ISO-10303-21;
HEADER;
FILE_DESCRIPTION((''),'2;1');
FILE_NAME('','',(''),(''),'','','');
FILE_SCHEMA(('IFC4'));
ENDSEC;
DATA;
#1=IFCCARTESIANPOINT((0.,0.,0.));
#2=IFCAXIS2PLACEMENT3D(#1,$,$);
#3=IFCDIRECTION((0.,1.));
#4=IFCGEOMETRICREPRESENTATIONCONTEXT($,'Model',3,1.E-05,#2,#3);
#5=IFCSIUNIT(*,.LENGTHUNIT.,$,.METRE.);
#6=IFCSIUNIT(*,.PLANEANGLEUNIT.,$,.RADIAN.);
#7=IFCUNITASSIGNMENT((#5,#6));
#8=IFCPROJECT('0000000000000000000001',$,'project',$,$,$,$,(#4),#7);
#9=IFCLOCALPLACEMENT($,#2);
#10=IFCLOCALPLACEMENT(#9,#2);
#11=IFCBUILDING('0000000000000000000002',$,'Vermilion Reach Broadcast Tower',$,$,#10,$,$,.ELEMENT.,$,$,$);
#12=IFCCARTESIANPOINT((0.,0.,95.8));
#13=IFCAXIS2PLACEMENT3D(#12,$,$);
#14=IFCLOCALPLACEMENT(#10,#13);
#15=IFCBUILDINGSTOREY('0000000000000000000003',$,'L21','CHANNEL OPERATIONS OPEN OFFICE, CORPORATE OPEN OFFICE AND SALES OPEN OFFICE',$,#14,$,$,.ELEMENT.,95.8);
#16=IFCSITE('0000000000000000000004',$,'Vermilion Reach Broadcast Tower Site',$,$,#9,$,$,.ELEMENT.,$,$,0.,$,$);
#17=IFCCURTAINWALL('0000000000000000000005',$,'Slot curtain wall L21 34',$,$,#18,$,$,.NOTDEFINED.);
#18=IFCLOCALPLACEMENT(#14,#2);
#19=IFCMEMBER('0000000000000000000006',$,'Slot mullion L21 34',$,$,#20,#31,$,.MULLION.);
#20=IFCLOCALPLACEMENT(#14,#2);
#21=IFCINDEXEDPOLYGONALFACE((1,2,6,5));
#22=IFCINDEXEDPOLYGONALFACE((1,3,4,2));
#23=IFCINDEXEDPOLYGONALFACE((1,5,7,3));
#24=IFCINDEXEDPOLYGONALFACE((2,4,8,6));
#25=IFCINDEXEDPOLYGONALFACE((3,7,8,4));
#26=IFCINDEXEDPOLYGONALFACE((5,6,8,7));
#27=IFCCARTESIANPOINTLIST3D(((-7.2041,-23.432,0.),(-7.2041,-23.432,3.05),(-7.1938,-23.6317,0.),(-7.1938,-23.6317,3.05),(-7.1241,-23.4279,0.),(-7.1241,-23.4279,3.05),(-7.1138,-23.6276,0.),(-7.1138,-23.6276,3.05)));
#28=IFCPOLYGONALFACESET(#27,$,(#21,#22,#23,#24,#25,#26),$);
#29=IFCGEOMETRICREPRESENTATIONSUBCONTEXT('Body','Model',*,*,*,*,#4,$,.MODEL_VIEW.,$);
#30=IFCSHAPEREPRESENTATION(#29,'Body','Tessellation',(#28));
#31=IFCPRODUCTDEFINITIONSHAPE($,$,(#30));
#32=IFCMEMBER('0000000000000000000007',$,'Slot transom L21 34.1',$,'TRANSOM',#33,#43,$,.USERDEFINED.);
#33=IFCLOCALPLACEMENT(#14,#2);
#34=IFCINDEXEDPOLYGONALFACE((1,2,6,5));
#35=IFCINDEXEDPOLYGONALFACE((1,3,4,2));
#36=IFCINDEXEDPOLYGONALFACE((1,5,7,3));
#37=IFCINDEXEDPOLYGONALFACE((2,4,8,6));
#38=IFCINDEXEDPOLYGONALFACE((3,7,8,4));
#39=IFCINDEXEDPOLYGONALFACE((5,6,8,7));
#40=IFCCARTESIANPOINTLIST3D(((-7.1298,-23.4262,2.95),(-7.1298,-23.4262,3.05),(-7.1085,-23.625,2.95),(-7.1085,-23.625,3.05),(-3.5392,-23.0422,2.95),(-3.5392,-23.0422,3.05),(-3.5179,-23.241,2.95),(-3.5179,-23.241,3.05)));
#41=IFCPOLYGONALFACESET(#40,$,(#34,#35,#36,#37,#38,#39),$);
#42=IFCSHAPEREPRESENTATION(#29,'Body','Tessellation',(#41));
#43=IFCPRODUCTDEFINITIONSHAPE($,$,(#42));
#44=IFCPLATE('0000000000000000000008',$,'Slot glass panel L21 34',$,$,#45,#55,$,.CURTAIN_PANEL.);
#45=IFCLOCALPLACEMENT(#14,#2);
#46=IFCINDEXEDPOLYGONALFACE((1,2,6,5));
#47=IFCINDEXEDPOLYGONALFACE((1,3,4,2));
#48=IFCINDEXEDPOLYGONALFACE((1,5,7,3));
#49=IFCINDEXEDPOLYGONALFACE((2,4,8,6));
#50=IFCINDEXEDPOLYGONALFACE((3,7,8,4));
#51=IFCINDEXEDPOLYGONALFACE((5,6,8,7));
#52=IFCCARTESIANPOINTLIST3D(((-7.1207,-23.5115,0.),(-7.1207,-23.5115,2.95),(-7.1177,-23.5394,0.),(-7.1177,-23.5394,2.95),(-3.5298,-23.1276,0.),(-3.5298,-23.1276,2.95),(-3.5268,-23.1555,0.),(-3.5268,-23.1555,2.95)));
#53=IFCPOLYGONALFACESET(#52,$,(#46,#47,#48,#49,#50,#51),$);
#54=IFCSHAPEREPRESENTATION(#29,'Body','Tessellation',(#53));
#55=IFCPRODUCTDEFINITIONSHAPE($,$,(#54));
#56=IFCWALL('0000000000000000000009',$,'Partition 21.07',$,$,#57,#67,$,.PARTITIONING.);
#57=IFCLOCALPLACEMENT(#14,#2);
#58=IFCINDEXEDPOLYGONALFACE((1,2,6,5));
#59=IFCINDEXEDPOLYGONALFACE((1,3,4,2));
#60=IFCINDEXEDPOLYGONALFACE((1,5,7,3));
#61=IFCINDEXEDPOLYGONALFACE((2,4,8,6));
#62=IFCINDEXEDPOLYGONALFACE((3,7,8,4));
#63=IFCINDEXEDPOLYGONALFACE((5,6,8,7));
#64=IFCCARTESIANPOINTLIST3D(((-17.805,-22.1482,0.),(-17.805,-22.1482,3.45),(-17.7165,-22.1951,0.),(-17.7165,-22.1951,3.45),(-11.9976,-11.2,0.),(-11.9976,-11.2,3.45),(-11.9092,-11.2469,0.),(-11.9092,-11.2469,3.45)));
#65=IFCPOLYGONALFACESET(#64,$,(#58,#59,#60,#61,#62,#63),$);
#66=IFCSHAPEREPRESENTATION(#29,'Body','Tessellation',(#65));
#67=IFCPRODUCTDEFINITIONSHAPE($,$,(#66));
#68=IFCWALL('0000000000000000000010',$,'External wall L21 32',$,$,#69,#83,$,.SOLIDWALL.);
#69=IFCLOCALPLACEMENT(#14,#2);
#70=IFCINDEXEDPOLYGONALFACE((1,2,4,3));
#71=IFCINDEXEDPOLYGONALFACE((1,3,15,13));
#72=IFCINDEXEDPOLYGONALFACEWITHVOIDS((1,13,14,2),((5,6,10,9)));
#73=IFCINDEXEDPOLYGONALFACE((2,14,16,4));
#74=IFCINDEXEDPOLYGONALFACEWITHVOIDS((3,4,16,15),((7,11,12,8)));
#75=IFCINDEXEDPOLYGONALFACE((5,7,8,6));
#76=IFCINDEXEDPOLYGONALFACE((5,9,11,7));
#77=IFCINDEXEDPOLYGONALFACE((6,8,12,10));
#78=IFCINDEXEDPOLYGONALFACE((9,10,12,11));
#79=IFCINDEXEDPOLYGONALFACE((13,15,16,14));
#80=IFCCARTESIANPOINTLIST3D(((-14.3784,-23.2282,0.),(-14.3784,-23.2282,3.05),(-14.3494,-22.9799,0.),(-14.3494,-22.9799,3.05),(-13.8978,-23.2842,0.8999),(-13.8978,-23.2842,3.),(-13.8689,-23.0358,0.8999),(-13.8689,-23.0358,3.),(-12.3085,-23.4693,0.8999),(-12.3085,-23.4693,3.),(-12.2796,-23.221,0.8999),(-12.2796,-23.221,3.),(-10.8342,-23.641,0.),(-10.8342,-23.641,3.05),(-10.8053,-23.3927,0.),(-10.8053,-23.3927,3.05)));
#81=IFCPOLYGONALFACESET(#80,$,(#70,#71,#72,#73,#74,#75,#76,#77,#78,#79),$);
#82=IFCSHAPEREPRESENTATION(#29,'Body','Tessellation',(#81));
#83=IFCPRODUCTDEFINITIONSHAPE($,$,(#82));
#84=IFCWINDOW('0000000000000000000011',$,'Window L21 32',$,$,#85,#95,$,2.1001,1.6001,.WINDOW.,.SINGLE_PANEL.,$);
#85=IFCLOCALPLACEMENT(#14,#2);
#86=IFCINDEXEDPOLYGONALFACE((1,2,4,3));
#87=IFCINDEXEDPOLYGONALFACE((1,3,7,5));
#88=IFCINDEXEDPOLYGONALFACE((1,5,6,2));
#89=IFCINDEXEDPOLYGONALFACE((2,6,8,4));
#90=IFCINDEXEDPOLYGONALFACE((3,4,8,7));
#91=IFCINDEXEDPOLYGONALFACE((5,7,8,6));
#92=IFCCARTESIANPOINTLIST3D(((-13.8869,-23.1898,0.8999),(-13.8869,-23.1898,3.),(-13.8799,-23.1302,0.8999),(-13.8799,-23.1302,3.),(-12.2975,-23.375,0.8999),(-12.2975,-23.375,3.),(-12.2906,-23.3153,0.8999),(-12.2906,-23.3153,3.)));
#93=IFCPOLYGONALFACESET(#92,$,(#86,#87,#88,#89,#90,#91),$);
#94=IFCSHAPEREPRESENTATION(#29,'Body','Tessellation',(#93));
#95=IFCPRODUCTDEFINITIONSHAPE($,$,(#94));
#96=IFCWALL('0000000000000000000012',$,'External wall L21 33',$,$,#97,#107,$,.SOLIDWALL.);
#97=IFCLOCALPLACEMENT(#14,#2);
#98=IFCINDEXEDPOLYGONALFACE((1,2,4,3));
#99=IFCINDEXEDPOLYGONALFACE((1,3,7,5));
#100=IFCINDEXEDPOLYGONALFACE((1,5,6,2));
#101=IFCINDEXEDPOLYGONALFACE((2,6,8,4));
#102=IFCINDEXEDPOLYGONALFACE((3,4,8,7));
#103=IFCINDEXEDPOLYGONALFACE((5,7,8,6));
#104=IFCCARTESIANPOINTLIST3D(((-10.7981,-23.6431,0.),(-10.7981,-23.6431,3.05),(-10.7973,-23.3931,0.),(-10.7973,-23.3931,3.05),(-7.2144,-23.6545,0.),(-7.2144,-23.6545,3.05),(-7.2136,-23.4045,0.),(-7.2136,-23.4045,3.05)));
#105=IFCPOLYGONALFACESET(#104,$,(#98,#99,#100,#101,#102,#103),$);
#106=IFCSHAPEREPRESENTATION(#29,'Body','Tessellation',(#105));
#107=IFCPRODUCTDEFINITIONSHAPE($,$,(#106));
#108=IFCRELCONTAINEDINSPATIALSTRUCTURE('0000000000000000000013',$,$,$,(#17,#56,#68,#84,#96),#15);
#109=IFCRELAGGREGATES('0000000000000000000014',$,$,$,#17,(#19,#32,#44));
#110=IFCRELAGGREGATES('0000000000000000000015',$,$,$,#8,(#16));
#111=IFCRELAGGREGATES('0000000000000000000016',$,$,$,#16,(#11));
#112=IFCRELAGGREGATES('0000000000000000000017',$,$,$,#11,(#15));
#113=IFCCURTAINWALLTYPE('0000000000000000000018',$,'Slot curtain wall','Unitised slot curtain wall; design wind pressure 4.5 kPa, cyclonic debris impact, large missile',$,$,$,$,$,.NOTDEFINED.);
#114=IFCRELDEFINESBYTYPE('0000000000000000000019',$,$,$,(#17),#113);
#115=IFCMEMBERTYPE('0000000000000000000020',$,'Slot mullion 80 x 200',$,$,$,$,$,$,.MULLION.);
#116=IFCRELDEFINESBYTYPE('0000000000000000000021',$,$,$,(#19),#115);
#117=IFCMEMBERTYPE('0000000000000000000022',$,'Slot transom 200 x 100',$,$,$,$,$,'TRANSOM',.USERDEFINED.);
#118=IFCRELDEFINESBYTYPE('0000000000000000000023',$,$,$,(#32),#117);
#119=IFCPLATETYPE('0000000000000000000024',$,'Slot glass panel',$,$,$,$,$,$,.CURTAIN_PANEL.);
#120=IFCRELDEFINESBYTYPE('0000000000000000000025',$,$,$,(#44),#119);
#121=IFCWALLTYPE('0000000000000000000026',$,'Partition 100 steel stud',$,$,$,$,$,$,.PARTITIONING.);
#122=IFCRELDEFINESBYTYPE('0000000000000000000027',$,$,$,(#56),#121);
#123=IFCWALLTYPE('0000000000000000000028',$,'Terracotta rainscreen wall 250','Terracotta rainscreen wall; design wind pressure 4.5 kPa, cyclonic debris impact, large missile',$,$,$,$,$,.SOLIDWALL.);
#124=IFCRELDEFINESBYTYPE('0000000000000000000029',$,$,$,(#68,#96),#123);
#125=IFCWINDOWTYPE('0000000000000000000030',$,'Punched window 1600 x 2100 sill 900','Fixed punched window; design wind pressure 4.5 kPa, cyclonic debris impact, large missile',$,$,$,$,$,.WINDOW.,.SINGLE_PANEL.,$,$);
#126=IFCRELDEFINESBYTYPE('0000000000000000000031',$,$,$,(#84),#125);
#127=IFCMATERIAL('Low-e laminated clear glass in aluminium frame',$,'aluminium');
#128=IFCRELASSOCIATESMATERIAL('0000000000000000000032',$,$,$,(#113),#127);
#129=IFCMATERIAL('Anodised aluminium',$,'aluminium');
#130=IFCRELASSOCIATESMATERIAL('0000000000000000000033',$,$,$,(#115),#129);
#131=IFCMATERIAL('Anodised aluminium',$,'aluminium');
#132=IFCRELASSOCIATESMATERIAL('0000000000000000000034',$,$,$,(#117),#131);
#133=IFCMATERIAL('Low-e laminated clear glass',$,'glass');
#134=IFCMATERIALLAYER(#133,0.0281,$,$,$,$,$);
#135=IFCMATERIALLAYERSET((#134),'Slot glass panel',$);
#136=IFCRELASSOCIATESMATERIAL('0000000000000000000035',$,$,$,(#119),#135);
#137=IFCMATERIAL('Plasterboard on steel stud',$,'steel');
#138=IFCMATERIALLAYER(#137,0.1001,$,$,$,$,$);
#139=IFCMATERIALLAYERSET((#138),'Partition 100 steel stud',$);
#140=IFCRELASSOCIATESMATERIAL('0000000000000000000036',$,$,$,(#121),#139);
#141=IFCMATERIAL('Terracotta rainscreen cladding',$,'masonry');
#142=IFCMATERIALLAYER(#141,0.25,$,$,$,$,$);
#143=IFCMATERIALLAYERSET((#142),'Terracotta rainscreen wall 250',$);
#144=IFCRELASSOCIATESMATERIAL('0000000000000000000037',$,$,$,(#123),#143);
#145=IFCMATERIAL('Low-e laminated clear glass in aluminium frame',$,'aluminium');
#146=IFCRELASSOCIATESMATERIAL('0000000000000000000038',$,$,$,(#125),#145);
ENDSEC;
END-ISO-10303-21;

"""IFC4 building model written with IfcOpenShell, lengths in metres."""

from ifc_helpers import new_model, si_unit, direction, frame, frame_2d, origin, origin_2d, place, context, subcontext, project, spatial, rectangle, extrude, material, layer, layer_set, material_profile, profile_set, type_object, element, fill, aggregate, save


model = new_model("IFC4")

# Units and contexts
model_context = context("Model", 3, precision=1e-05, world=origin(), true_north=direction((0.0, 1.0)))
body_context = subcontext(model_context, "Body", "Model", "MODEL_VIEW")
ifc_project = project(units=[si_unit("LENGTHUNIT", "METRE"), si_unit("PLANEANGLEUNIT", "RADIAN")], contexts=[model_context])

# Site, building, storey
site_placement = place(None, origin())
site = spatial("IfcSite", under=ifc_project, at=site_placement, Name="Vermilion Reach Broadcast Tower Site", CompositionType="ELEMENT", RefElevation=0.0)
building_placement = place(site_placement, origin())
building = spatial("IfcBuilding", under=site, at=building_placement, Name="Vermilion Reach Broadcast Tower", CompositionType="ELEMENT")
storey_placement = place(building_placement, frame((0.0, 0.0, 95.8)))
storey = spatial("IfcBuildingStorey", under=building, at=storey_placement, Name="L21", Description="CHANNEL OPERATIONS OPEN OFFICE, CORPORATE OPEN OFFICE AND SALES OPEN OFFICE", CompositionType="ELEMENT", Elevation=95.8)

# Curtain wall, members, plate
ifc_material_1 = material(Name="Low-e laminated clear glass in aluminium frame", Category="aluminium")
curtain_wall_type = type_object("IfcCurtainWallType", Name="Slot curtain wall", Description="Unitised slot curtain wall; design wind pressure 4.5 kPa, cyclonic debris impact, large missile", PredefinedType="NOTDEFINED", material=ifc_material_1)
curtain_wall_placement = place(storey_placement, origin())
curtain_wall = element("IfcCurtainWall", 1, at=curtain_wall_placement, inside=storey, type_object=curtain_wall_type, Name="Slot curtain wall L21 34", PredefinedType="NOTDEFINED")
ifc_material_2 = material(Name="Anodised aluminium", Category="aluminium")
ifc_material_profile_1 = material_profile(ifc_material_2, rectangle(XDim=0.2, YDim=0.0801, at=origin_2d()), Name="Slot mullion 80 x 200")
ifc_profile_set_1 = profile_set([ifc_material_profile_1], Name="Anodised aluminium")
member_type_1 = type_object("IfcMemberType", Name="Slot mullion 80 x 200", PredefinedType="MULLION", material=ifc_profile_set_1)
member_1_placement = place(storey_placement, frame((-7.1589, -23.5298, 0.0), z_axis=(0.0, 0.0, 1.0), x_axis=(-0.051621, 0.998667, 0.0)))
member_1 = element("IfcMember", 2, at=member_1_placement, type_object=member_type_1, Name="Slot mullion L21 34", PredefinedType="MULLION", context=body_context, shape_type="SweptSolid", body=[
    extrude(rectangle(XDim=0.2, YDim=0.0801, at=origin_2d()), origin(), (0.0, 0.0, 1.0), 3.05),
])
ifc_material_3 = material(Name="Anodised aluminium", Category="aluminium")
ifc_material_profile_2 = material_profile(ifc_material_3, rectangle(XDim=0.2, YDim=0.1001, at=origin_2d()), Name="Slot transom 200 x 100")
ifc_profile_set_2 = profile_set([ifc_material_profile_2], Name="Anodised aluminium")
member_type_2 = type_object("IfcMemberType", Name="Slot transom 200 x 100", ElementType="TRANSOM", PredefinedType="USERDEFINED", material=ifc_profile_set_2)
member_2_placement = place(storey_placement, frame((-7.1191, -23.5256, 3.0), z_axis=(0.994329, 0.106349, 0.0), x_axis=(-0.106349, 0.994329, 0.0)))
member_2 = element("IfcMember", 3, at=member_2_placement, type_object=member_type_2, Name="Slot transom L21 34.1", ObjectType="TRANSOM", PredefinedType="USERDEFINED", context=body_context, shape_type="SweptSolid", body=[
    extrude(rectangle(XDim=0.2, YDim=0.1001, at=origin_2d()), origin(), (0.0, 0.0, 1.0), 3.6111),
])
ifc_material_4 = material(Name="Low-e laminated clear glass", Category="glass")
ifc_layer_1 = layer(ifc_material_4, 0.0281)
ifc_layer_set_1 = layer_set([ifc_layer_1], Name="Slot glass panel")
plate_type = type_object("IfcPlateType", Name="Slot glass panel", PredefinedType="CURTAIN_PANEL", material=ifc_layer_set_1)
plate_placement = place(storey_placement, frame((-5.3237, -23.3335, 0.0), z_axis=(0.0, 0.0, 1.0), x_axis=(0.994333, 0.106307, 0.0)))
plate = element("IfcPlate", 4, at=plate_placement, type_object=plate_type, Name="Slot glass panel L21 34", PredefinedType="CURTAIN_PANEL", context=body_context, shape_type="SweptSolid", body=[
    extrude(rectangle(XDim=3.6113, YDim=0.0281, at=origin_2d()), origin(), (0.0, 0.0, 1.0), 2.95),
])
aggregate(curtain_wall, [member_1, member_2, plate])

# Wall
ifc_material_5 = material(Name="Plasterboard on steel stud", Category="steel")
ifc_layer_2 = layer(ifc_material_5, 0.1001)
ifc_layer_set_2 = layer_set([ifc_layer_2], Name="Partition 100 steel stud")
wall_type_1 = type_object("IfcWallType", Name="Partition 100 steel stud", PredefinedType="PARTITIONING", material=ifc_layer_set_2)
wall_1_placement = place(storey_placement, frame((-17.7607, -22.1716, 0.0), z_axis=(0.0, 0.0, 1.0), x_axis=(0.468596, 0.883412, 0.0)))
element("IfcWall", 5, at=wall_1_placement, inside=storey, type_object=wall_type_1, Name="Partition 21.07", PredefinedType="PARTITIONING", context=body_context, shape_type="SweptSolid", body=[
    extrude(rectangle(XDim=12.3931, YDim=0.1001, at=frame_2d((6.1965, 0.0))), origin(), (0.0, 0.0, 1.0), 3.45),
])

# Shared definitions
ifc_material_6 = material(Name="Terracotta rainscreen cladding", Category="masonry")
ifc_layer_3 = layer(ifc_material_6, 0.25)
ifc_layer_set_3 = layer_set([ifc_layer_3], Name="Terracotta rainscreen wall 250")
wall_type_2 = type_object("IfcWallType", Name="Terracotta rainscreen wall 250", Description="Terracotta rainscreen wall; design wind pressure 4.5 kPa, cyclonic debris impact, large missile", PredefinedType="SOLIDWALL", material=ifc_layer_set_3)

# Wall, opening, window
wall_2_placement = place(storey_placement, frame((-14.364, -23.104, 0.0), z_axis=(0.0, 0.0, 1.0), x_axis=(0.993284, -0.115702, 0.0)))
wall_2 = element("IfcWall", 6, at=wall_2_placement, inside=storey, type_object=wall_type_2, Name="External wall L21 32", PredefinedType="SOLIDWALL", context=body_context, shape_type="SweptSolid", body=[
    extrude(rectangle(XDim=3.5681, YDim=0.25, at=frame_2d((1.7842, 0.0))), origin(), (0.0, 0.0, 1.0), 3.05),
])
opening_1_placement = place(wall_2_placement, frame((0.4839, 0.0, 0.8999)))
opening_1 = element("IfcOpeningElement", 7, at=opening_1_placement, cuts=wall_2, PredefinedType="OPENING", context=body_context, shape_type="SweptSolid", body=[
    extrude(rectangle(XDim=1.6001, YDim=2.1001, at=frame_2d((0.8, 1.05))), frame((0.0, 0.135, 0.0), z_axis=(0.0, -1.0, 0.0), x_axis=(1.0, 0.0, 0.0)), (0.0, 0.0, 1.0), 0.27),
])
ifc_material_7 = material(Name="Low-e laminated clear glass in aluminium frame", Category="aluminium")
window_type = type_object("IfcWindowType", Name="Punched window 1600 x 2100 sill 900", Description="Fixed punched window; design wind pressure 4.5 kPa, cyclonic debris impact, large missile", PartitioningType="SINGLE_PANEL", PredefinedType="WINDOW", material=ifc_material_7)
window_placement = place(opening_1_placement, origin())
window = element("IfcWindow", 8, at=window_placement, inside=storey, type_object=window_type, Name="Window L21 32", OverallHeight=2.1001, OverallWidth=1.6001, PartitioningType="SINGLE_PANEL", PredefinedType="WINDOW", context=body_context, shape_type="SweptSolid", body=[
    extrude(rectangle(XDim=1.6001, YDim=2.1001, at=frame_2d((0.8, 1.05))), frame((0.0, 0.03, 0.0), z_axis=(0.0, -1.0, 0.0), x_axis=(1.0, 0.0, 0.0)), (0.0, 0.0, 1.0), 0.0601),
])
fill(opening_1, window)

# Wall
wall_3_placement = place(storey_placement, frame((-10.7979, -23.5181, 0.0), z_axis=(0.0, 0.0, 1.0), x_axis=(0.999995, -0.003202, 0.0)))
element("IfcWall", 9, at=wall_3_placement, inside=storey, type_object=wall_type_2, Name="External wall L21 33", PredefinedType="SOLIDWALL", context=body_context, shape_type="SweptSolid", body=[
    extrude(rectangle(XDim=3.5837, YDim=0.25, at=frame_2d((1.792, 0.0))), origin(), (0.0, 0.0, 1.0), 3.05),
])

save(model, "model.ifc")
